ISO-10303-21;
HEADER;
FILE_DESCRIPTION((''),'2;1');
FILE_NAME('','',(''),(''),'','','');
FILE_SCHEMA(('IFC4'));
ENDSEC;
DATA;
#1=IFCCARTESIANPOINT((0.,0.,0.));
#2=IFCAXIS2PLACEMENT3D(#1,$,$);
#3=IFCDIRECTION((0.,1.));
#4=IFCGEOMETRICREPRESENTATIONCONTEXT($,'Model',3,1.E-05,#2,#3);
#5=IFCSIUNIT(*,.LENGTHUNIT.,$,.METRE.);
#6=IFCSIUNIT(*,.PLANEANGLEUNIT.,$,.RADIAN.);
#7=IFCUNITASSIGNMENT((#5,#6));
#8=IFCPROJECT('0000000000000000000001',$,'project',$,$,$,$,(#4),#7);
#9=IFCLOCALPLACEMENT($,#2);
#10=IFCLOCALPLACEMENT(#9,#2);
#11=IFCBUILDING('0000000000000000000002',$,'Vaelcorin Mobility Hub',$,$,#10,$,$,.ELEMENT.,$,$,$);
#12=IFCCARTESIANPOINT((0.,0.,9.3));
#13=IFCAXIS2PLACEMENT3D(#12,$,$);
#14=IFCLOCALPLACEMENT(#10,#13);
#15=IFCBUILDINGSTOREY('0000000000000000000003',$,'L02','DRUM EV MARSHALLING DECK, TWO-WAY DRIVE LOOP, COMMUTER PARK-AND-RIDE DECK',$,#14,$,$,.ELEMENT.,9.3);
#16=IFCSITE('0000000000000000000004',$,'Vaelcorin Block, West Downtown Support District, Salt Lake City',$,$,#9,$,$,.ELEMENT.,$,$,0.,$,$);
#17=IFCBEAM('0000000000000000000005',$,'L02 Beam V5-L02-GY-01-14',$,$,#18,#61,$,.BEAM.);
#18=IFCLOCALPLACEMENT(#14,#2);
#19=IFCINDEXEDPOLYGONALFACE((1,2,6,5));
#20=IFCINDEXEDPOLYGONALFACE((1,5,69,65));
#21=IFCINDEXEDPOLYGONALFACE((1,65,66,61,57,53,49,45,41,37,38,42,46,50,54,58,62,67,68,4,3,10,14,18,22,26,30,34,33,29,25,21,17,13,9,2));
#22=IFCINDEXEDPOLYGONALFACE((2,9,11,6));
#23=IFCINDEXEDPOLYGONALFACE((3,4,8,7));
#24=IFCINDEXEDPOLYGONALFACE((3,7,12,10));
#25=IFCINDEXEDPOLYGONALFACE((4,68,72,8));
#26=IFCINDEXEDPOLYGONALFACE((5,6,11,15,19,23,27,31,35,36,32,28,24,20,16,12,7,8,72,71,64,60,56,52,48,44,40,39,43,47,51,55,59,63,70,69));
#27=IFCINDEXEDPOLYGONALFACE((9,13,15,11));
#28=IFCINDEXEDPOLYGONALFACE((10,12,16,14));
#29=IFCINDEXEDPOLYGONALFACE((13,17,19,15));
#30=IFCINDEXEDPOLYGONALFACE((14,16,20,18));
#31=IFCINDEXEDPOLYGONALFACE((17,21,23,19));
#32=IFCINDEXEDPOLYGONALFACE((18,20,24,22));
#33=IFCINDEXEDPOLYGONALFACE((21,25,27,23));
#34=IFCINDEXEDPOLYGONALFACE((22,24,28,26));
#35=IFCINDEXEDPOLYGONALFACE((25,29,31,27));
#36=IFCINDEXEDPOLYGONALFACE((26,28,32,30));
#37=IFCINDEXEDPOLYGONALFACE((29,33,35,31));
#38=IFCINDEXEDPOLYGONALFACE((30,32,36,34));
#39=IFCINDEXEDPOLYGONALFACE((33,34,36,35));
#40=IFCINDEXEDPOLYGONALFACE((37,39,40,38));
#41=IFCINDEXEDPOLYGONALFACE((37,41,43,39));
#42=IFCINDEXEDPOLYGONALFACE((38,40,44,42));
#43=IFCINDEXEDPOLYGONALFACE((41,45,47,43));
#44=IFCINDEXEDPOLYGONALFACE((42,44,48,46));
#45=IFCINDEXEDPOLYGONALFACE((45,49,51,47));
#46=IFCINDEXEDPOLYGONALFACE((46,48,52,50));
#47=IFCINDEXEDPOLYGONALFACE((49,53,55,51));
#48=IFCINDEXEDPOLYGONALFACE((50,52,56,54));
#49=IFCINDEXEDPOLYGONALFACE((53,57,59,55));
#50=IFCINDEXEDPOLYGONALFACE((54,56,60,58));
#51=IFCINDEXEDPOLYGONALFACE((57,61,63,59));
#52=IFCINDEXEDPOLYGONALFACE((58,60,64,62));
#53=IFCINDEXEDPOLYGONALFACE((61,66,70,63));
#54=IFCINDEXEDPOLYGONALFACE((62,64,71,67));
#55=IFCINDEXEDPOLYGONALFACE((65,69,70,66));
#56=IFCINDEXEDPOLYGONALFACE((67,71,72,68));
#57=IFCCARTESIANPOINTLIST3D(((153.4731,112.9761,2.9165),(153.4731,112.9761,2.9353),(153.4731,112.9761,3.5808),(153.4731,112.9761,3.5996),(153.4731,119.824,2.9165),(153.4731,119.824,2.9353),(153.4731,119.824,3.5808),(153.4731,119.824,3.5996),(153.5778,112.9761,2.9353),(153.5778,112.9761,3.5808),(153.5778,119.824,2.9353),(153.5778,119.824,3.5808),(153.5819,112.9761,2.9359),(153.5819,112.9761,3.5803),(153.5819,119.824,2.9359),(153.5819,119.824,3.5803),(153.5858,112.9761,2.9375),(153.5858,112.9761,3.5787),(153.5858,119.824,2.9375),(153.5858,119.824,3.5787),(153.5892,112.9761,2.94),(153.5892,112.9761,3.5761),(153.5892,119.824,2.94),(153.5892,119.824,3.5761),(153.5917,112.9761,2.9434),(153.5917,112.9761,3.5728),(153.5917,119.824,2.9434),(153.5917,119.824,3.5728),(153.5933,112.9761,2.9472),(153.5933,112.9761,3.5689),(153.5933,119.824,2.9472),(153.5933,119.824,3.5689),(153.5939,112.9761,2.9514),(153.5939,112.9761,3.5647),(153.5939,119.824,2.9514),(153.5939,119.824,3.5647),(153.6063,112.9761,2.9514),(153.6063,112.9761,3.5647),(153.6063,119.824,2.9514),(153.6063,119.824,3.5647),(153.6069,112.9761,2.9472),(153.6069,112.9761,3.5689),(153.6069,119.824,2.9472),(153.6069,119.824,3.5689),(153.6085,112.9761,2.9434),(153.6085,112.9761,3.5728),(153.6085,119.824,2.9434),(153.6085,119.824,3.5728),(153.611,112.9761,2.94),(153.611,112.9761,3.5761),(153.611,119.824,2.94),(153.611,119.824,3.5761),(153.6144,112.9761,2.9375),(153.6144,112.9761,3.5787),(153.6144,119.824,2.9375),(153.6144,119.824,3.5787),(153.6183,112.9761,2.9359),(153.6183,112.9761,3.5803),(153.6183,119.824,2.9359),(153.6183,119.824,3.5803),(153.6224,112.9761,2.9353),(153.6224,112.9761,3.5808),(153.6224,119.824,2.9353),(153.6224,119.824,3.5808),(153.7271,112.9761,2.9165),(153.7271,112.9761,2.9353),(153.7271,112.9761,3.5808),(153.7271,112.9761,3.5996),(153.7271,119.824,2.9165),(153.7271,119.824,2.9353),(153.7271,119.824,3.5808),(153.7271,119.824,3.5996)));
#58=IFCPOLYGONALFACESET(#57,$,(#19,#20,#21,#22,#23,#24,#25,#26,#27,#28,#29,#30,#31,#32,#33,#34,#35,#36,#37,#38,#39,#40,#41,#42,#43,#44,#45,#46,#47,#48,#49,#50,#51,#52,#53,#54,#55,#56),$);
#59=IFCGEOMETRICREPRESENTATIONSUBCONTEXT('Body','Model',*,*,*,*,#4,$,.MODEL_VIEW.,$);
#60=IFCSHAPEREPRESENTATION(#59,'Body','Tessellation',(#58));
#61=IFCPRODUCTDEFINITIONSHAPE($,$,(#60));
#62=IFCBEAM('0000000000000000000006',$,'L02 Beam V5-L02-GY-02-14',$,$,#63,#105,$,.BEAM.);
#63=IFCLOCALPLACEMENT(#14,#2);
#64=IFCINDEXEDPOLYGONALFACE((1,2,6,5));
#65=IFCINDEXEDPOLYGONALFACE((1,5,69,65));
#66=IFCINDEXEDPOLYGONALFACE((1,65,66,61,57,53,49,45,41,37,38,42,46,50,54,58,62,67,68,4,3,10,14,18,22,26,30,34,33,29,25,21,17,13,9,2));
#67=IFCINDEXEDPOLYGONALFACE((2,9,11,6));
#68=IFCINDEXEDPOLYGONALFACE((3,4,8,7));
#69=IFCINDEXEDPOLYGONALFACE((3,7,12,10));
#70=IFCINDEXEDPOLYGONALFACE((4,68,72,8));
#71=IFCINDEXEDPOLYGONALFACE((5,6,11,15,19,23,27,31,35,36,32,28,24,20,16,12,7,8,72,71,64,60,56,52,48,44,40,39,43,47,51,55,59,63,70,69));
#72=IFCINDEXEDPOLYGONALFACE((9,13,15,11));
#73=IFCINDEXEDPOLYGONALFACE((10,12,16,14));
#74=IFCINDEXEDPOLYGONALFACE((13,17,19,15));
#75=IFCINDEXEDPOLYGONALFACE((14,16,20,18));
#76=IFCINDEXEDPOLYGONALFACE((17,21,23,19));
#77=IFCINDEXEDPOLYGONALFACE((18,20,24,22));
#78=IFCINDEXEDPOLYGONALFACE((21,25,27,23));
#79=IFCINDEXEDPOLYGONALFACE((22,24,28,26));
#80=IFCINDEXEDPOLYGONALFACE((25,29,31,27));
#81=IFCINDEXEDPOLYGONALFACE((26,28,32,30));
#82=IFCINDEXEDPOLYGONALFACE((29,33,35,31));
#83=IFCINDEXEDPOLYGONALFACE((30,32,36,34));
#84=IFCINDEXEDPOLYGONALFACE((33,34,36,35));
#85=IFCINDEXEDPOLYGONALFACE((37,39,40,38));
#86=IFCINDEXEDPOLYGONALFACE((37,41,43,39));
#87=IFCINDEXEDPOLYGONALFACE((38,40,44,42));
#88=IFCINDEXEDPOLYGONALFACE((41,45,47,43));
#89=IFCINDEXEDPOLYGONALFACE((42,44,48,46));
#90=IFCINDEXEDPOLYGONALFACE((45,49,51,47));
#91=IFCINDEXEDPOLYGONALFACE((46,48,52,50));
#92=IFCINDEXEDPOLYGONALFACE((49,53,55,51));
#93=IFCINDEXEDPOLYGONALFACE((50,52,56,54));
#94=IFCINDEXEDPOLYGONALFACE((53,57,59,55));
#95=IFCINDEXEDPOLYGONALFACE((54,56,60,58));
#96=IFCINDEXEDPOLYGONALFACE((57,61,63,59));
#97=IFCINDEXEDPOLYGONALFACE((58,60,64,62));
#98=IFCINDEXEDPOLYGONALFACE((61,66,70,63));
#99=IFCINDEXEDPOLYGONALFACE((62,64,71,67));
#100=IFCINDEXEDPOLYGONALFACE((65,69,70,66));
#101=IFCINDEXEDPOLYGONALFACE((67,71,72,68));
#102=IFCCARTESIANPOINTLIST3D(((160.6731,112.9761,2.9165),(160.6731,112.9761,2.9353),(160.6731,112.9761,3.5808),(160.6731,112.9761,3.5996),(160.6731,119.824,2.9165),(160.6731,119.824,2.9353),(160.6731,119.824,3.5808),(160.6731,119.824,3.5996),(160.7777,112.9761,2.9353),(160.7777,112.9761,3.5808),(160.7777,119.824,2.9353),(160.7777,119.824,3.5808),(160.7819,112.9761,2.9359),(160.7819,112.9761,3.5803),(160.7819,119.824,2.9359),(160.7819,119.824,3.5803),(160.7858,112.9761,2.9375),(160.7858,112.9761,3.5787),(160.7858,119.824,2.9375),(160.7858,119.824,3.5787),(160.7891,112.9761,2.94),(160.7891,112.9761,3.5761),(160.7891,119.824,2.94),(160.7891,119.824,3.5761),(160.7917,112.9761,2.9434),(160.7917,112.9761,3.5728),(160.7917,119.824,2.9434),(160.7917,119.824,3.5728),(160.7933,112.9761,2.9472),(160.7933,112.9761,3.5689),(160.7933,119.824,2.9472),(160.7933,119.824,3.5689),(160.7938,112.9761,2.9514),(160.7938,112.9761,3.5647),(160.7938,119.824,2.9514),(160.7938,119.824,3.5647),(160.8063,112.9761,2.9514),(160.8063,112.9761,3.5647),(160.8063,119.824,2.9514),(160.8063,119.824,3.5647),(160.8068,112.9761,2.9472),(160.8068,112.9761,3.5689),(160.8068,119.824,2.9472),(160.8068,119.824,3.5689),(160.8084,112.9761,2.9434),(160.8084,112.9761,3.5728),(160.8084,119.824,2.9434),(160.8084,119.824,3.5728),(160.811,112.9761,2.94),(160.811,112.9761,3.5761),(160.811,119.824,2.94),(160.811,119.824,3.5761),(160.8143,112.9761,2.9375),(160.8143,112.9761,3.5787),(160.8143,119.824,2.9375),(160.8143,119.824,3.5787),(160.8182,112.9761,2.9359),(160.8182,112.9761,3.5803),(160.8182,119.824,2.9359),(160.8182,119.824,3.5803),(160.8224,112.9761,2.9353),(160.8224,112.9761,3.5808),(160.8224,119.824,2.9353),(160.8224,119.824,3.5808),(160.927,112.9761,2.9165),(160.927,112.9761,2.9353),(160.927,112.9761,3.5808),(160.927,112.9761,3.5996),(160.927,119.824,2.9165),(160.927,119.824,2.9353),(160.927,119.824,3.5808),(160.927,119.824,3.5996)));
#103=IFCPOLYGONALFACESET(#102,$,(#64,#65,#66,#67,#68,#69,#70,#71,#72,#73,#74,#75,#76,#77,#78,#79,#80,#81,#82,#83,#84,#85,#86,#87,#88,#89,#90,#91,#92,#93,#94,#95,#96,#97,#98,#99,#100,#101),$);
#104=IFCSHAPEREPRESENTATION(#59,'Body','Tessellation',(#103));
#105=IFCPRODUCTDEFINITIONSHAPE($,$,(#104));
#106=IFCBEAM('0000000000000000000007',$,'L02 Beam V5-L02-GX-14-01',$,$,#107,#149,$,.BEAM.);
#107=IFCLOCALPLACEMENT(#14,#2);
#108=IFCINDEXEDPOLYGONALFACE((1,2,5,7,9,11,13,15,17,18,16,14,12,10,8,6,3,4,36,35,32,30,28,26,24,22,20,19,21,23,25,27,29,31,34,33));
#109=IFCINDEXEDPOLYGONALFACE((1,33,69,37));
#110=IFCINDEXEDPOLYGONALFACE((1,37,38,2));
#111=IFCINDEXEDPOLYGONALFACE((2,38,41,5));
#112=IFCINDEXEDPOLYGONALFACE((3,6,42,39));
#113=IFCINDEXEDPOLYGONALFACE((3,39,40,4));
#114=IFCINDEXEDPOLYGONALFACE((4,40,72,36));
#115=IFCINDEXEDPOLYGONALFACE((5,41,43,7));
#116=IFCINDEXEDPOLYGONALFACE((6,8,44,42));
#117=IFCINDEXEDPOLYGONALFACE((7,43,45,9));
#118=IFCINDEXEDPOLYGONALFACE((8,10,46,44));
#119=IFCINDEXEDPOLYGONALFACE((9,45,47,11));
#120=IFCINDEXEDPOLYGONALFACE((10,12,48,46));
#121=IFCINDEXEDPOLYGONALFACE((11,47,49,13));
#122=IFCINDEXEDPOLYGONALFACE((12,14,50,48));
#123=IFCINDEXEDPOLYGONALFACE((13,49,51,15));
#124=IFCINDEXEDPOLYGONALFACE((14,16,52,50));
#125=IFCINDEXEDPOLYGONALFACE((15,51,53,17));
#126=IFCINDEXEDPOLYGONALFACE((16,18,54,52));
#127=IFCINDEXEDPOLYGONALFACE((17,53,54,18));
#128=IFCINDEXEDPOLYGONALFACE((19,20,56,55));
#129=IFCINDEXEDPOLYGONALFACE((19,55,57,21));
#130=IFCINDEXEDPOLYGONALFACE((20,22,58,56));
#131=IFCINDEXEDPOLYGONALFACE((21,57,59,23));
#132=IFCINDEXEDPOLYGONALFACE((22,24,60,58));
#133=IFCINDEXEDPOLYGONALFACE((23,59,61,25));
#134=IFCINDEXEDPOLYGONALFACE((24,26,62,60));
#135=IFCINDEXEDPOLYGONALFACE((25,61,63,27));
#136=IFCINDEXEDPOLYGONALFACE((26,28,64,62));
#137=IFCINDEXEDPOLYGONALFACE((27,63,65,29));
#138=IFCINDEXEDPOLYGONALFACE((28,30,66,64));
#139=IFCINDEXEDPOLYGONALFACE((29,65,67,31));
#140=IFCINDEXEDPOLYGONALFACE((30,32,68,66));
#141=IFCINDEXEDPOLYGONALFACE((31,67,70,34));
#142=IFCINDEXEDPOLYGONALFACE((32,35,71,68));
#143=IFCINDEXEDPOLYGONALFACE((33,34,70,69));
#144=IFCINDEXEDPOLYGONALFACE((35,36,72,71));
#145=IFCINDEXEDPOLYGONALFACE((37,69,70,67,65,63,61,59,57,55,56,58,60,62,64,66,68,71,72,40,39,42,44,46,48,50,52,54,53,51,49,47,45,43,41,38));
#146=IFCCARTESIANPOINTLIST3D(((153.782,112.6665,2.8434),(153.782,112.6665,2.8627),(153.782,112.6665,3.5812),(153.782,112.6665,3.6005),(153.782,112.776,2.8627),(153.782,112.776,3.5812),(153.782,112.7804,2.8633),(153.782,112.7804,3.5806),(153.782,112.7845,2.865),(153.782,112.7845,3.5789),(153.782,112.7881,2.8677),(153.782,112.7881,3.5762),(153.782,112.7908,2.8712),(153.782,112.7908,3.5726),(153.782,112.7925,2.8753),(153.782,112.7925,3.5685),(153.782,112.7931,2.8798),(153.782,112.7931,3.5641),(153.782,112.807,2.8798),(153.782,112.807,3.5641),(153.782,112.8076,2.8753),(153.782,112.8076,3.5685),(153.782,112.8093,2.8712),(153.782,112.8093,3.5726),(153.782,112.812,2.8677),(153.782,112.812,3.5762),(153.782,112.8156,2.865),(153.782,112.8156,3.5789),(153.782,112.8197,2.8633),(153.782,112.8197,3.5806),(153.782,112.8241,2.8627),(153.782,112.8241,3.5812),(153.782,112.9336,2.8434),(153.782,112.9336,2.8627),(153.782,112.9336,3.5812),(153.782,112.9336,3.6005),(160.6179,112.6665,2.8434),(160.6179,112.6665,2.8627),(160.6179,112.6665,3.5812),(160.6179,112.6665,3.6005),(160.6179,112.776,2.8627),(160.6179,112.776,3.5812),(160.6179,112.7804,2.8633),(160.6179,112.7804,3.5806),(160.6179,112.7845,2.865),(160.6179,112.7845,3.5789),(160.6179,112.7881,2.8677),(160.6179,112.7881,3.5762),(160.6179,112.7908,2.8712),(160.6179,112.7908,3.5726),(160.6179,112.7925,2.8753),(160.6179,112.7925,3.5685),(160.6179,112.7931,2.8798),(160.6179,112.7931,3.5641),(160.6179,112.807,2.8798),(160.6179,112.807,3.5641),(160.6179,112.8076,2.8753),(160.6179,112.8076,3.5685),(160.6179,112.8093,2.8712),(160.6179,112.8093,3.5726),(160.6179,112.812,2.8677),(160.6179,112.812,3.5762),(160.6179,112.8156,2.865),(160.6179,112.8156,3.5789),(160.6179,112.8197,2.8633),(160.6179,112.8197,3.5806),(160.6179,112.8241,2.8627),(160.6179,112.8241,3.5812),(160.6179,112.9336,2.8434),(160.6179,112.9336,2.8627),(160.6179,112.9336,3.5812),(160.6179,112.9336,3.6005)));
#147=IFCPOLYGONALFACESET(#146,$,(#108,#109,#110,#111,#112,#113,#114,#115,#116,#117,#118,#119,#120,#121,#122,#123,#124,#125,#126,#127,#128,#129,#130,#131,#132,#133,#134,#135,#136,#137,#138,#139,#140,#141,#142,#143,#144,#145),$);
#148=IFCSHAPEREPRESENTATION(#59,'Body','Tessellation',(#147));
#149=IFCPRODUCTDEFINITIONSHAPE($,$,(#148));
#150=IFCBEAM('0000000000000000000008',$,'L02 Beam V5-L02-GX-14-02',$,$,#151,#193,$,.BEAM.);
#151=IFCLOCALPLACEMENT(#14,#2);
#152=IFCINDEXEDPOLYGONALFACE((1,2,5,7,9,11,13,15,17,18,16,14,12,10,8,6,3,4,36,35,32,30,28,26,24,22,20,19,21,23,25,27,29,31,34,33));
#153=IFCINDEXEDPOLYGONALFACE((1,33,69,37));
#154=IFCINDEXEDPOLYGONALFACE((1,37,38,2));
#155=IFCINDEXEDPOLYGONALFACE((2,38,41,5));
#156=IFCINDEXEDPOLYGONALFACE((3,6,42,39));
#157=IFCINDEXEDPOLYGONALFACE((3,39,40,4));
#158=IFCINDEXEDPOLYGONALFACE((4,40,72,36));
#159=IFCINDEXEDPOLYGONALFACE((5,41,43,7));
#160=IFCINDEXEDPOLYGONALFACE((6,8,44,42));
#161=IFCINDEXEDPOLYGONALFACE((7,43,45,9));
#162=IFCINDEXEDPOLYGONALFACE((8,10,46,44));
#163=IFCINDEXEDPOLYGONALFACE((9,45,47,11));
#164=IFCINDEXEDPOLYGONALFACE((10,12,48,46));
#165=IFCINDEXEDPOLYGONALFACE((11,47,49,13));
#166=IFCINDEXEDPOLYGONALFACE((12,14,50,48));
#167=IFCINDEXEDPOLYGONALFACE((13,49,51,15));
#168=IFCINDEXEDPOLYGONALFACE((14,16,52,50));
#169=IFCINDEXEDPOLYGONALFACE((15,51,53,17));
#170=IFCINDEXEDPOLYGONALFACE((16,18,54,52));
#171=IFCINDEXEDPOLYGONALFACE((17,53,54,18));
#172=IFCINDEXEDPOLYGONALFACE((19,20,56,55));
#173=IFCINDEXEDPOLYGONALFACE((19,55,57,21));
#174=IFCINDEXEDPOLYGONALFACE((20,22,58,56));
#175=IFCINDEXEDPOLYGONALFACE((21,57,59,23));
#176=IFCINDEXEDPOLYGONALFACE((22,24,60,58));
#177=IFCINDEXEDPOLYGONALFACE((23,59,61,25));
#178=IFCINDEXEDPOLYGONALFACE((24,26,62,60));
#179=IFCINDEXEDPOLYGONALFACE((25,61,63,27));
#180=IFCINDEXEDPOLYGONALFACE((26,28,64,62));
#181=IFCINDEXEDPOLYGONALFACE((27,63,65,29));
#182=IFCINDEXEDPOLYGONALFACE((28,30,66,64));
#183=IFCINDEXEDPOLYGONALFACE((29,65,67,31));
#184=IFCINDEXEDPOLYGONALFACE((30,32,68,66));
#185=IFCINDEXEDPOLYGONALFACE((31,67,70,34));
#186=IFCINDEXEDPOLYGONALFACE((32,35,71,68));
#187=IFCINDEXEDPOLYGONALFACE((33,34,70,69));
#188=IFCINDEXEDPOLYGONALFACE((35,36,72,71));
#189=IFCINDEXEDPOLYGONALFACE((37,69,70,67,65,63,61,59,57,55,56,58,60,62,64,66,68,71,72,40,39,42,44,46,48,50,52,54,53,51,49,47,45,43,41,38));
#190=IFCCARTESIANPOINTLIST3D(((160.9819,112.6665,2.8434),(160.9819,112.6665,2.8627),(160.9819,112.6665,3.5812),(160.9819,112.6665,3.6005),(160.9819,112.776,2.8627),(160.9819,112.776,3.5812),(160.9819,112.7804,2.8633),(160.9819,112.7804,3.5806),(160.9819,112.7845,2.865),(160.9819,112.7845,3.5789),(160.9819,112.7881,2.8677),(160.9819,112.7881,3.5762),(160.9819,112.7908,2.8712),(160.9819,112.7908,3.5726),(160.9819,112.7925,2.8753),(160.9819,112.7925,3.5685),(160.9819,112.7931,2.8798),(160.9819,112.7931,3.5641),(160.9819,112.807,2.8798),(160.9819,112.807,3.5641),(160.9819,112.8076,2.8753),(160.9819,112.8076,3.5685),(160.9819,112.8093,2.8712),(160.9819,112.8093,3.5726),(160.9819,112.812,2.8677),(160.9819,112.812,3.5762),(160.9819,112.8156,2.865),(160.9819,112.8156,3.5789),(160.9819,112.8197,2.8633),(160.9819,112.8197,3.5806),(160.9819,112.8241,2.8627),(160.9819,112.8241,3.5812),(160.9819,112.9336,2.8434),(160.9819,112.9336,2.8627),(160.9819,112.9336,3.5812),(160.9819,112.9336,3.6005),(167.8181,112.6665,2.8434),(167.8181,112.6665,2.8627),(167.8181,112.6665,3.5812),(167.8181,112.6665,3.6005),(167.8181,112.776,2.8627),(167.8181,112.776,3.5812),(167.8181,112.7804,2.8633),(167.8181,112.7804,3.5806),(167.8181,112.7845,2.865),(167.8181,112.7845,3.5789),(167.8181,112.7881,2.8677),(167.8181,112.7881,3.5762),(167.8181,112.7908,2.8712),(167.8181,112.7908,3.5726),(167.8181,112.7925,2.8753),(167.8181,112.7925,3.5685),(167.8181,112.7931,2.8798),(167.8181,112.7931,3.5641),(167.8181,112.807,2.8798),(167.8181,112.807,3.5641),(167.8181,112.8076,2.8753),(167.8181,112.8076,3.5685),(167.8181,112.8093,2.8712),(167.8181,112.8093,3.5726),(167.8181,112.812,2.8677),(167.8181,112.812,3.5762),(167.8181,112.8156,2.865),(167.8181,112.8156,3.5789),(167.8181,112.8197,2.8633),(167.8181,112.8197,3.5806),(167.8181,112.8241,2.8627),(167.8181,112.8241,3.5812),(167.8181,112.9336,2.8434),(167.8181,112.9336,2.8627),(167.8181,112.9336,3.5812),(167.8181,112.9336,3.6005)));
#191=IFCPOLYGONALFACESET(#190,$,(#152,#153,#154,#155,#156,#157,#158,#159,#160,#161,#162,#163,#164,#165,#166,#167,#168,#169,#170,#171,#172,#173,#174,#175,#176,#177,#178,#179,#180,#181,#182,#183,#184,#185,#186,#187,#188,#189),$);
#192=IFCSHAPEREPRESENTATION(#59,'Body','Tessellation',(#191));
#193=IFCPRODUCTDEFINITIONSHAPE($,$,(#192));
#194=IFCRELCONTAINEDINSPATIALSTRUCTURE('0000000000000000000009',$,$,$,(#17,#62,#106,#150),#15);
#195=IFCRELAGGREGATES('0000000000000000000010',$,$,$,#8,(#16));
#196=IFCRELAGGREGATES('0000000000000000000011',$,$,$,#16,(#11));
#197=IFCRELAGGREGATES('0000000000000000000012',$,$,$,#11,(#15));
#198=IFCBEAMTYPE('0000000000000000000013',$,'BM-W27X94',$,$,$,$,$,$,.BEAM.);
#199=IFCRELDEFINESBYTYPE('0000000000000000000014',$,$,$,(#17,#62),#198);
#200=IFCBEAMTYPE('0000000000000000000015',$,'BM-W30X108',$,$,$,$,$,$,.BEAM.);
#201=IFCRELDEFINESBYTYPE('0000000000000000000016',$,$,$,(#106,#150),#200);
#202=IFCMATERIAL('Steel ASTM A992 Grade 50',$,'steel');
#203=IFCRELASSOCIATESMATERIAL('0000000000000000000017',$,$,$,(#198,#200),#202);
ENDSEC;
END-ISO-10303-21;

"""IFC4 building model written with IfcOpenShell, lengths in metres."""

from ifc_helpers import new_model, si_unit, direction, frame, origin, origin_2d, place, context, subcontext, project, spatial, i_section, extrude, material, material_profile, profile_set, type_object, element, save


model = new_model("IFC4")

# Units and contexts
model_context = context("Model", 3, precision=1e-05, world=origin(), true_north=direction((0.0, 1.0)))
body_context = subcontext(model_context, "Body", "Model", "MODEL_VIEW")
ifc_project = project(units=[si_unit("LENGTHUNIT", "METRE"), si_unit("PLANEANGLEUNIT", "RADIAN")], contexts=[model_context])

# Site, building, storey
site_placement = place(None, origin())
site = spatial("IfcSite", under=ifc_project, at=site_placement, Name="Vaelcorin Block, West Downtown Support District, Salt Lake City", CompositionType="ELEMENT", RefElevation=0.0)
building_placement = place(site_placement, origin())
building = spatial("IfcBuilding", under=site, at=building_placement, Name="Vaelcorin Mobility Hub", CompositionType="ELEMENT")
storey_placement = place(building_placement, frame((0.0, 0.0, 9.3)))
storey = spatial("IfcBuildingStorey", under=building, at=storey_placement, Name="L02", Description="DRUM EV MARSHALLING DECK, TWO-WAY DRIVE LOOP, COMMUTER PARK-AND-RIDE DECK", CompositionType="ELEMENT", Elevation=9.3)

# Shared definitions
ifc_material_1 = material(Name="Steel ASTM A992 Grade 50", Category="steel")

# Beams
ifc_material_profile_1 = material_profile(ifc_material_1, i_section(OverallWidth=0.2539, OverallDepth=0.6831, WebThickness=0.0125, FlangeThickness=0.0188, FilletRadius=0.0161, at=origin_2d()), Name="W27X94")
ifc_profile_set_1 = profile_set([ifc_material_profile_1], Name="Steel ASTM A992 Grade 50")
beam_type_1 = type_object("IfcBeamType", Name="BM-W27X94", PredefinedType="BEAM", material=ifc_profile_set_1)
for number, where, z_axis, x_axis, name in (
    (1, (153.6001, 112.9761, 3.2581), (0.0, 1.0, 0.0), (-1.0, 0.0, 0.0), "L02 Beam V5-L02-GY-01-14"),
    (2, (160.8, 112.9761, 3.2581), (0.0, 1.0, 0.0), (-1.0, 0.0, 0.0), "L02 Beam V5-L02-GY-02-14"),
):
    element("IfcBeam", number, at=place(storey_placement, frame(where, z_axis=z_axis, x_axis=x_axis)), inside=storey, type_object=beam_type_1, Name=name, PredefinedType="BEAM", context=body_context, shape_type="SweptSolid", body=[
        extrude(i_section(OverallWidth=0.2539, OverallDepth=0.6831, WebThickness=0.0125, FlangeThickness=0.0188, FilletRadius=0.0161, at=origin_2d()), origin(), (0.0, 0.0, 1.0), 6.8479),
    ])
ifc_material_profile_2 = material_profile(ifc_material_1, i_section(OverallWidth=0.2671, OverallDepth=0.7571, WebThickness=0.0139, FlangeThickness=0.0193, FilletRadius=0.0171, at=origin_2d()), Name="W30X108")
ifc_profile_set_2 = profile_set([ifc_material_profile_2], Name="Steel ASTM A992 Grade 50")
beam_type_2 = type_object("IfcBeamType", Name="BM-W30X108", PredefinedType="BEAM", material=ifc_profile_set_2)
beam_1_placement = place(storey_placement, frame((153.782, 112.8, 3.2219), z_axis=(1.0, 0.0, 0.0), x_axis=(0.0, 1.0, 0.0)))
element("IfcBeam", 3, at=beam_1_placement, inside=storey, type_object=beam_type_2, Name="L02 Beam V5-L02-GX-14-01", PredefinedType="BEAM", context=body_context, shape_type="SweptSolid", body=[
    extrude(i_section(OverallWidth=0.2671, OverallDepth=0.7571, WebThickness=0.0139, FlangeThickness=0.0193, FilletRadius=0.0171, at=origin_2d()), origin(), (0.0, 0.0, 1.0), 6.8359),
])
beam_2_placement = place(storey_placement, frame((160.9819, 112.8, 3.2219), z_axis=(1.0, 0.0, 0.0), x_axis=(0.0, 1.0, 0.0)))
element("IfcBeam", 4, at=beam_2_placement, inside=storey, type_object=beam_type_2, Name="L02 Beam V5-L02-GX-14-02", PredefinedType="BEAM", context=body_context, shape_type="SweptSolid", body=[
    extrude(i_section(OverallWidth=0.2671, OverallDepth=0.7571, WebThickness=0.0139, FlangeThickness=0.0193, FilletRadius=0.0171, at=origin_2d()), origin(), (0.0, 0.0, 1.0), 6.8362),
])

save(model, "model.ifc")
